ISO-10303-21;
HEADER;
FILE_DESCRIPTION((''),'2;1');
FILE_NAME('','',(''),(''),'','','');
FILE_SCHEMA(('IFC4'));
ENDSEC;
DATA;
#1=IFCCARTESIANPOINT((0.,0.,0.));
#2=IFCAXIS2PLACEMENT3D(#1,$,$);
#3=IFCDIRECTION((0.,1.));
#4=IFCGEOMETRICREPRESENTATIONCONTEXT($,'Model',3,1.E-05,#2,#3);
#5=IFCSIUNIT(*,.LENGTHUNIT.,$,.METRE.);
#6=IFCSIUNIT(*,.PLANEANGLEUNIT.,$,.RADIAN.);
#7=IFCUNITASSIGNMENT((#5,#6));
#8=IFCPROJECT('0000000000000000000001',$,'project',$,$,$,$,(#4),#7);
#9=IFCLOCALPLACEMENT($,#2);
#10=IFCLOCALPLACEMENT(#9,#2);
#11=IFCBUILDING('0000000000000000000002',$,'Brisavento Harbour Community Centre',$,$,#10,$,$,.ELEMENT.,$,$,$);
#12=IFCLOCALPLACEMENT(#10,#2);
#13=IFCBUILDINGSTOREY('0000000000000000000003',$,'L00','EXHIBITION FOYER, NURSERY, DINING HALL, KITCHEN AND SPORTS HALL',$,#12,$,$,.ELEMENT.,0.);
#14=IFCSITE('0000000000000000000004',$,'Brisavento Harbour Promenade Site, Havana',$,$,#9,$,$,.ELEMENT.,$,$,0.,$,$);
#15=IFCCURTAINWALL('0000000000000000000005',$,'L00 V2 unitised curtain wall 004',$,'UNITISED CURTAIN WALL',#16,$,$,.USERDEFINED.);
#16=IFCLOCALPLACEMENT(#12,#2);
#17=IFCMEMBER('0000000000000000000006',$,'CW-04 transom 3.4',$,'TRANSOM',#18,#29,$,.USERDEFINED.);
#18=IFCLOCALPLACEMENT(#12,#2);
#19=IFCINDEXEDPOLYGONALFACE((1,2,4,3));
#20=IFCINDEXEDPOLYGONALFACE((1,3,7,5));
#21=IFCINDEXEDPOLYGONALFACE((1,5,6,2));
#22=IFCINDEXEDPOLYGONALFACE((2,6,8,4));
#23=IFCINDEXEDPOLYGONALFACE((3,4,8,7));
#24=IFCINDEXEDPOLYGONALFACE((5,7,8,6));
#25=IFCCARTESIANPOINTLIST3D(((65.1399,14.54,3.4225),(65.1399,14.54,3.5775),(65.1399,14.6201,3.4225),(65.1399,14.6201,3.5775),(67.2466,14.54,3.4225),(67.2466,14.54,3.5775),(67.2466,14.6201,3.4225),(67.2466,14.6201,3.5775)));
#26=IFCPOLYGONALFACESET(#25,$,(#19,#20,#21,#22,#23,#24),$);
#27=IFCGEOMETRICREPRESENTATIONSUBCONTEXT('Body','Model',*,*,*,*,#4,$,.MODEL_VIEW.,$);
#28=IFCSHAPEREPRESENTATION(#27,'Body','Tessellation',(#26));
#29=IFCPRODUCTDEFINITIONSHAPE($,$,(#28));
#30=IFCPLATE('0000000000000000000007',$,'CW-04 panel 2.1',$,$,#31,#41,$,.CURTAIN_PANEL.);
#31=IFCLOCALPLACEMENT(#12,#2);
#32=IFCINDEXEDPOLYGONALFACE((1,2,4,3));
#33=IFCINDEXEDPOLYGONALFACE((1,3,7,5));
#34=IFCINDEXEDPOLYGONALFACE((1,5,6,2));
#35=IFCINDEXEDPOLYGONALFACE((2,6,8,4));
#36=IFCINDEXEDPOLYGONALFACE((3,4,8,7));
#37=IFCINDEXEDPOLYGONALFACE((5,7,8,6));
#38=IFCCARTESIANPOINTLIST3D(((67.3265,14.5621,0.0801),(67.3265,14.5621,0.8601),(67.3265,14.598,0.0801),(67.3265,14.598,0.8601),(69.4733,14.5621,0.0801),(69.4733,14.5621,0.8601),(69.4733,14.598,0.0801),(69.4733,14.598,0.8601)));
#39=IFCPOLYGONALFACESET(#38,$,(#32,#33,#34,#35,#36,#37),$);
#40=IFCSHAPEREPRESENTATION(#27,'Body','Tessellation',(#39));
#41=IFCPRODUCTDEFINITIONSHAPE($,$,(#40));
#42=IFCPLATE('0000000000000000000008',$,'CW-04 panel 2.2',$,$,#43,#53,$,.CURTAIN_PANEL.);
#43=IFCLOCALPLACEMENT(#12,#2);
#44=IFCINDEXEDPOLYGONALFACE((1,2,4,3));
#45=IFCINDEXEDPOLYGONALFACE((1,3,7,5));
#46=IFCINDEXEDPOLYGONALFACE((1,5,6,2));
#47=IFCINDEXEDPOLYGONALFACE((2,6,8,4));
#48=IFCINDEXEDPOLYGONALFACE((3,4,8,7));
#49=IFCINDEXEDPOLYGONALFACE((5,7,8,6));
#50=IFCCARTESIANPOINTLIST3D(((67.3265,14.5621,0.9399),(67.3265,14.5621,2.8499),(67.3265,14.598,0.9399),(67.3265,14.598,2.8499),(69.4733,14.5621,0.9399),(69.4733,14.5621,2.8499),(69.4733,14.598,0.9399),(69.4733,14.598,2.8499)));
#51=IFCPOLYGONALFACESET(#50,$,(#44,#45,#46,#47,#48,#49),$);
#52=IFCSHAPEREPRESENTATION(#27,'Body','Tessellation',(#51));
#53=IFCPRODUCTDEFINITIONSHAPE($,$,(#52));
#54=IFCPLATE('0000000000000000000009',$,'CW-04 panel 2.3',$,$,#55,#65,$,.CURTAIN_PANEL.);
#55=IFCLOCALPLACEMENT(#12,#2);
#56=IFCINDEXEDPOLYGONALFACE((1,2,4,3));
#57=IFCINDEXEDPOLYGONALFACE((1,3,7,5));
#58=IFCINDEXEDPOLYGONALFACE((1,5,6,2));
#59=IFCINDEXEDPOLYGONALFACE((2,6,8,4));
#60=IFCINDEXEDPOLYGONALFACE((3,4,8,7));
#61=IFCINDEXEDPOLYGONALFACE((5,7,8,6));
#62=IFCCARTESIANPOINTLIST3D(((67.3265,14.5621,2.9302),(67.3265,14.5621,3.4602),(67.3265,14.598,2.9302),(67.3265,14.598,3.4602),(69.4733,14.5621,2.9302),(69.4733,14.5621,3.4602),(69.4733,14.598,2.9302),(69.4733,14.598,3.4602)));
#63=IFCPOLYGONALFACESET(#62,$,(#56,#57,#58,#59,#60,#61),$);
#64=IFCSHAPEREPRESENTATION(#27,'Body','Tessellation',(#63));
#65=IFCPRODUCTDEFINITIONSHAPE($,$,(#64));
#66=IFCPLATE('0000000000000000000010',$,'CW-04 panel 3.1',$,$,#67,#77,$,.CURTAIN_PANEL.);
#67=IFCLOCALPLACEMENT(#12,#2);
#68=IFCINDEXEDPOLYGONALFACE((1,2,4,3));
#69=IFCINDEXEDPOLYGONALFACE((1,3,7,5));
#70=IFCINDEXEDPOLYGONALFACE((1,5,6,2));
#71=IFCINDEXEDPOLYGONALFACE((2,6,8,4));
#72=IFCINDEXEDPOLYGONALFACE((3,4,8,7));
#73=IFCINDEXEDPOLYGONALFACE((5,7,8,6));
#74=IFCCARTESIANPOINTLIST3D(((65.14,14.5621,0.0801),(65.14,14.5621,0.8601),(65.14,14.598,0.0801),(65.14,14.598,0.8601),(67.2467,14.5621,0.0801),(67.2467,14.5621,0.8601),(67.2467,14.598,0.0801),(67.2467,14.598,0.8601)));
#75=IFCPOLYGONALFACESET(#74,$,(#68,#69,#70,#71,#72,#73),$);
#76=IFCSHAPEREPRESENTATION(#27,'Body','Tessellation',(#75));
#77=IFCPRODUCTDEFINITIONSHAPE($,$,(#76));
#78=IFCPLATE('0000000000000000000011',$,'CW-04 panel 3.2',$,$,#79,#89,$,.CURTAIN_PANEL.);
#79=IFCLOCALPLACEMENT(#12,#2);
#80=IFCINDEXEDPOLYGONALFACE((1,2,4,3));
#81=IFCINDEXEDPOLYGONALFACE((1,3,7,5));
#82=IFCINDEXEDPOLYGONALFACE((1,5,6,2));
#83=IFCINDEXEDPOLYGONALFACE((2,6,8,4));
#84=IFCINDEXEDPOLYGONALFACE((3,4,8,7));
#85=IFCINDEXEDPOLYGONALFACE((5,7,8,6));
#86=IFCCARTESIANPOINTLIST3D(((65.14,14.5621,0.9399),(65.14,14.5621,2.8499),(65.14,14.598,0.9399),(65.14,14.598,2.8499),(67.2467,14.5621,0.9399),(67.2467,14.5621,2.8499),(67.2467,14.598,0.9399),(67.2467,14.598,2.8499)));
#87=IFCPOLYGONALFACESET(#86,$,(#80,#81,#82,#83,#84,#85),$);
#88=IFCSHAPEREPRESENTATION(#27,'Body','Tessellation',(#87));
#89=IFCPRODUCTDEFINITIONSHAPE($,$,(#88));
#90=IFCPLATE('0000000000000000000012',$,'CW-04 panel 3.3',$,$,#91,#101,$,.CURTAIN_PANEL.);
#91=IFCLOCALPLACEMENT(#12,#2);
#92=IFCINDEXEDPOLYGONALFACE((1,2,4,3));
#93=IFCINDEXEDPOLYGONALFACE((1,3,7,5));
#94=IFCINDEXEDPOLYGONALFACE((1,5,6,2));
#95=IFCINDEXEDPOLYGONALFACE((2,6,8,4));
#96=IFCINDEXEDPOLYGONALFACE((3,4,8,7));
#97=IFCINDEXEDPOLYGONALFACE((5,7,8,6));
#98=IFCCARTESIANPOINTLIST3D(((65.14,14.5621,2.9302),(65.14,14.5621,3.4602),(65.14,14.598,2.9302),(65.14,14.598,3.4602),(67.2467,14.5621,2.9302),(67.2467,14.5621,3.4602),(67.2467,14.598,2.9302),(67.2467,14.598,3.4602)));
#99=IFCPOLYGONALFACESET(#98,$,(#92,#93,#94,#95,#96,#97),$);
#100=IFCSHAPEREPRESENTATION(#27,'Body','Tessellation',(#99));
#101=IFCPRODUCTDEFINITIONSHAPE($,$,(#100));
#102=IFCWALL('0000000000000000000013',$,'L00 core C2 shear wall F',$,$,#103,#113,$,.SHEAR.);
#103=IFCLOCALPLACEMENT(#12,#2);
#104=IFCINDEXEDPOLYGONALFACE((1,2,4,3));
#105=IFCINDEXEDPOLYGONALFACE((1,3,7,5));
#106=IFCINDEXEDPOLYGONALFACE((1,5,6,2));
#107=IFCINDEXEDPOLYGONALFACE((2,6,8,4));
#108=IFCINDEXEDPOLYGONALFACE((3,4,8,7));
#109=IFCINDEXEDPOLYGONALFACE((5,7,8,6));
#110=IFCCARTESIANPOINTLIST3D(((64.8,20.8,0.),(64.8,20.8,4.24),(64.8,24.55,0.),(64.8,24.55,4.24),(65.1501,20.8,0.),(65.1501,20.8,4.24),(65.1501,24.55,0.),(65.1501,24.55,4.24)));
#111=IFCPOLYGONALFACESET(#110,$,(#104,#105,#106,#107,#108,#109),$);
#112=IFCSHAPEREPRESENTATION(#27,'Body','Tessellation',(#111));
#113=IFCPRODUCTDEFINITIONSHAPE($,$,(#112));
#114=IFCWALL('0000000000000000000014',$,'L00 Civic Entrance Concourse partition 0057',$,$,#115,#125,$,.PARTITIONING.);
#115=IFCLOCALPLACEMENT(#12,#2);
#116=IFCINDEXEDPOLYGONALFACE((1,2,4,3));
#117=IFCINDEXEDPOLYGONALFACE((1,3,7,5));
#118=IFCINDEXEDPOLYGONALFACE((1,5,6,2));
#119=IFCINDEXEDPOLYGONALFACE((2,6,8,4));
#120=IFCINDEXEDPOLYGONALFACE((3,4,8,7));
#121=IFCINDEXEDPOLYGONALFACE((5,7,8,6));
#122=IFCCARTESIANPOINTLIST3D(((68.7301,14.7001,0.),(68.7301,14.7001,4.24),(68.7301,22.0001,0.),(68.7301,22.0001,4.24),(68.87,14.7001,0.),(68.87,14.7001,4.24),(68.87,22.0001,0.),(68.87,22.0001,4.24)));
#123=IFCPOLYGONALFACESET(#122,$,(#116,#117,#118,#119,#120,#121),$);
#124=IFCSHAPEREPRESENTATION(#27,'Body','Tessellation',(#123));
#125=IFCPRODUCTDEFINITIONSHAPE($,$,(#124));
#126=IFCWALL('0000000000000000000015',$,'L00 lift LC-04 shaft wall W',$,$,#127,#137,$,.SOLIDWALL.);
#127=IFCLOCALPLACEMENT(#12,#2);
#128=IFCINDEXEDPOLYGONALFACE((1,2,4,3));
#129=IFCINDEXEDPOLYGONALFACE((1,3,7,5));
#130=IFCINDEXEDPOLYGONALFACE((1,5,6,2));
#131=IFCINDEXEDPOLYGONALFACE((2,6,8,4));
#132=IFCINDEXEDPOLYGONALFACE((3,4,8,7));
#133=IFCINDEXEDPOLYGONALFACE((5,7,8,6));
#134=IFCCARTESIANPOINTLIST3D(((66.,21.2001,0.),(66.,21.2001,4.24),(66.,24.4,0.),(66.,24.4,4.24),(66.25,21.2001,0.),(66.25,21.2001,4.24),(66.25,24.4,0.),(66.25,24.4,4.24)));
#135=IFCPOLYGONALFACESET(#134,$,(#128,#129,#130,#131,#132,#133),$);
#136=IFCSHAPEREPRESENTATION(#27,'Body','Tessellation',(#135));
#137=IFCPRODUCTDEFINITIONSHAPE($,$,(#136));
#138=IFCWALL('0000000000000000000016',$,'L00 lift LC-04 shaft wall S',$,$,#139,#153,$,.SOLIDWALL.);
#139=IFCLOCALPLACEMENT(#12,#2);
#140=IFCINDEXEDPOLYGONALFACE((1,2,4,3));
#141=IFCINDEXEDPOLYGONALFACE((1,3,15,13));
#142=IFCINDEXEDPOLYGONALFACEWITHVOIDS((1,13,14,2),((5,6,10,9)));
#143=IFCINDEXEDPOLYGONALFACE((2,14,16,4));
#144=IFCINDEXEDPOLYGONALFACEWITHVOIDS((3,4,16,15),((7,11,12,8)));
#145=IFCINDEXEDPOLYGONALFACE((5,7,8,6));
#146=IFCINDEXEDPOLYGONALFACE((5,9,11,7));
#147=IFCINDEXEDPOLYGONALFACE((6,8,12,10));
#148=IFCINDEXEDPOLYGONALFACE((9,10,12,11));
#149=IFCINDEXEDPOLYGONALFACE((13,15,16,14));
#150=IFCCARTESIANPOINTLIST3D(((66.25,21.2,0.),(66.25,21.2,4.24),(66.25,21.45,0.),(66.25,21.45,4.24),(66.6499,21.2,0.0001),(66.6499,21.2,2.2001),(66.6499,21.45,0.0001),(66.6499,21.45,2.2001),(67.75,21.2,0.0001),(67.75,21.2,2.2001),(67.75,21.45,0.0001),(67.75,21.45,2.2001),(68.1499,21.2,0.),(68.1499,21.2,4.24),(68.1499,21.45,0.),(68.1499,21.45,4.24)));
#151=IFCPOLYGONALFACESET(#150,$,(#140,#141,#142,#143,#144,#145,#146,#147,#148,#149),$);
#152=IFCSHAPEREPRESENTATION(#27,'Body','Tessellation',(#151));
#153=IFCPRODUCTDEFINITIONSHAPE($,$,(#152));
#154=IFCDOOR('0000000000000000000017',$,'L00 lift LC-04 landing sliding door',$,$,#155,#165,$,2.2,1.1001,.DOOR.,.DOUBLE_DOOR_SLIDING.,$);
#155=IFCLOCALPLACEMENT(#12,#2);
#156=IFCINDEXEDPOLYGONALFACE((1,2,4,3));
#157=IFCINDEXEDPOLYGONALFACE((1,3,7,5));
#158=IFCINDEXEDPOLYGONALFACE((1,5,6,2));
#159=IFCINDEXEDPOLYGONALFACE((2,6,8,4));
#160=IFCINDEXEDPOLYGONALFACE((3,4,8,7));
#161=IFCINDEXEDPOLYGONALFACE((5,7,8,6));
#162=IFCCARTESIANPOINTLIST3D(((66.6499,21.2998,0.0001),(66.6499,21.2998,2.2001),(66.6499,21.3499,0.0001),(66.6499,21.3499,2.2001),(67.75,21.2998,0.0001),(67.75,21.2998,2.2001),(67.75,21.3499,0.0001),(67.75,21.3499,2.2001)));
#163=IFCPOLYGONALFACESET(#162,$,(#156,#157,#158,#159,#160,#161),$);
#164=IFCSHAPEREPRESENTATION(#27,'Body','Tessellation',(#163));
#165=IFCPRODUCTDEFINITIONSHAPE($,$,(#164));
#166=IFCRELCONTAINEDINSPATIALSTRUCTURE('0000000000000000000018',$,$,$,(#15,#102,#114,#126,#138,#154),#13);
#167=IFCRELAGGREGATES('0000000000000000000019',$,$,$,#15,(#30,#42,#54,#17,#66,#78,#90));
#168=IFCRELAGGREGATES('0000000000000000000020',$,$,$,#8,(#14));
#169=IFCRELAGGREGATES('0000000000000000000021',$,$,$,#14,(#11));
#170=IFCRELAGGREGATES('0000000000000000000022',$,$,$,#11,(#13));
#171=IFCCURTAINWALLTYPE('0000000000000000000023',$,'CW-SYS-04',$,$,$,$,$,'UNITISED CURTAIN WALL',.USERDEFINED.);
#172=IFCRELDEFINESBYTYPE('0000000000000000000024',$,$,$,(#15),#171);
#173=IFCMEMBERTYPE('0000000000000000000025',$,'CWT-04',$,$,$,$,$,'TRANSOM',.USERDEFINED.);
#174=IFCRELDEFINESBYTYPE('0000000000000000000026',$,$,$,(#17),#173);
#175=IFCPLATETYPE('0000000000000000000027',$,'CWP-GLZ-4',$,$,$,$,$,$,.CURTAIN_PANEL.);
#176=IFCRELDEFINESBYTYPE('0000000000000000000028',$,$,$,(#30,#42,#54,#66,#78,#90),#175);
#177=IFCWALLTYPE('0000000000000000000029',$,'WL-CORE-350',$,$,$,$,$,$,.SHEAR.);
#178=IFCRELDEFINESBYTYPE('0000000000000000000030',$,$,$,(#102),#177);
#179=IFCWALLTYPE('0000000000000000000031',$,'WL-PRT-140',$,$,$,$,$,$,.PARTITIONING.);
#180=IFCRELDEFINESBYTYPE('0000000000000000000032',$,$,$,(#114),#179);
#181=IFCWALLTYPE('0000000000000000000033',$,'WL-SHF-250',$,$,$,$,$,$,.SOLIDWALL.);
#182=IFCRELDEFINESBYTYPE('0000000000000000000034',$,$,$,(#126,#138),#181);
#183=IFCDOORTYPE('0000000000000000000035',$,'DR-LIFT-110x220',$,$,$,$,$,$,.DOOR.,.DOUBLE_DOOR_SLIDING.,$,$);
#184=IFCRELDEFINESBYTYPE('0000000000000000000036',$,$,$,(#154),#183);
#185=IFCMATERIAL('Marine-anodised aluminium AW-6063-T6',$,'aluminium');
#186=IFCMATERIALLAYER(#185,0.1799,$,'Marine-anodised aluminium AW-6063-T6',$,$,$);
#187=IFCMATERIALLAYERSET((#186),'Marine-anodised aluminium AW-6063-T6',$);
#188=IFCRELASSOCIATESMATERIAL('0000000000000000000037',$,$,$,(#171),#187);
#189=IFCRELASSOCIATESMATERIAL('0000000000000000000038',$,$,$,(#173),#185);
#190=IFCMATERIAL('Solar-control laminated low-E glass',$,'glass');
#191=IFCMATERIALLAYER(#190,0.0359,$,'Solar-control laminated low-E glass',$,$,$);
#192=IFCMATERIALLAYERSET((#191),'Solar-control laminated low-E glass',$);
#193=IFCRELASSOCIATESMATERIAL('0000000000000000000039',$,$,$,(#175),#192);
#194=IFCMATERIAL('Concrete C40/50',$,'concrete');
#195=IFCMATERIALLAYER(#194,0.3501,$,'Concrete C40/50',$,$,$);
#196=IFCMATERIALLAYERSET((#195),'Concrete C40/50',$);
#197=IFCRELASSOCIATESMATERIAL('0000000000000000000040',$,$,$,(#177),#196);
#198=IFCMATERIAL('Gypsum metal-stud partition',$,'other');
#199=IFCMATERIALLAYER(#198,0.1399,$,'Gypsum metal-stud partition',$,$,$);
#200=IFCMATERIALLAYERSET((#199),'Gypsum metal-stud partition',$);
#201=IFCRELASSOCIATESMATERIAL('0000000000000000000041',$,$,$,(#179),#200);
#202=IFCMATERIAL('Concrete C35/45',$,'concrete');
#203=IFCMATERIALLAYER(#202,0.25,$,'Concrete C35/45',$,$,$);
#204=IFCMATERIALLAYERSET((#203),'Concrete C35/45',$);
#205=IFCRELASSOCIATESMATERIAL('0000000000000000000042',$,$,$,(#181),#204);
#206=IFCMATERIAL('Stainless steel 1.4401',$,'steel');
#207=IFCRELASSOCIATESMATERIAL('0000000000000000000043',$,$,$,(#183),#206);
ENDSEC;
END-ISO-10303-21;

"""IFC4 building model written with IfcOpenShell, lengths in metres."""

from ifc_helpers import new_model, si_unit, direction, frame, frame_2d, origin, origin_2d, place, context, subcontext, project, spatial, rectangle, extrude, material, layer, layer_set, material_profile, profile_set, type_object, element, fill, aggregate, save


model = new_model("IFC4")

# Units and contexts
model_context = context("Model", 3, precision=1e-05, world=origin(), true_north=direction((0.0, 1.0)))
body_context = subcontext(model_context, "Body", "Model", "MODEL_VIEW")
ifc_project = project(units=[si_unit("LENGTHUNIT", "METRE"), si_unit("PLANEANGLEUNIT", "RADIAN")], contexts=[model_context])

# Site, building, storey
site_placement = place(None, origin())
site = spatial("IfcSite", under=ifc_project, at=site_placement, Name="Brisavento Harbour Promenade Site, Havana", CompositionType="ELEMENT", RefElevation=0.0)
building_placement = place(site_placement, origin())
building = spatial("IfcBuilding", under=site, at=building_placement, Name="Brisavento Harbour Community Centre", CompositionType="ELEMENT")
storey_placement = place(building_placement, origin())
storey = spatial("IfcBuildingStorey", under=building, at=storey_placement, Name="L00", Description="EXHIBITION FOYER, NURSERY, DINING HALL, KITCHEN AND SPORTS HALL", CompositionType="ELEMENT", Elevation=0.0)

# Shared definitions
ifc_material_1 = material(Name="Marine-anodised aluminium AW-6063-T6", Category="aluminium")

# Curtain wall
ifc_layer_1 = layer(ifc_material_1, 0.1799, Name="Marine-anodised aluminium AW-6063-T6")
ifc_layer_set_1 = layer_set([ifc_layer_1], Name="Marine-anodised aluminium AW-6063-T6")
curtain_wall_type_1 = type_object("IfcCurtainWallType", Name="CW-SYS-04", ElementType="UNITISED CURTAIN WALL", PredefinedType="USERDEFINED", material=ifc_layer_set_1)
curtain_wall_1_placement = place(storey_placement, origin())
curtain_wall_1 = element("IfcCurtainWall", 1, at=curtain_wall_1_placement, inside=storey, type_object=curtain_wall_type_1, Name="L00 V2 unitised curtain wall 004", ObjectType="UNITISED CURTAIN WALL", PredefinedType="USERDEFINED")

# Member
ifc_material_profile_1 = material_profile(ifc_material_1, rectangle(XDim=0.0801, YDim=0.155, at=origin_2d()), Name="Marine-anodised aluminium AW-6063-T6")
ifc_profile_set_1 = profile_set([ifc_material_profile_1], Name="Marine-anodised aluminium AW-6063-T6")
member_type_1 = type_object("IfcMemberType", Name="CWT-04", ElementType="TRANSOM", PredefinedType="USERDEFINED", material=ifc_profile_set_1)
member_1_placement = place(storey_placement, frame((67.2466, 14.5801, 3.5), z_axis=(-1.0, 0.0, 0.0), x_axis=(0.0, -1.0, 0.0)))
member_1 = element("IfcMember", 2, at=member_1_placement, type_object=member_type_1, Name="CW-04 transom 3.4", ObjectType="TRANSOM", PredefinedType="USERDEFINED", context=body_context, shape_type="SweptSolid", body=[
    extrude(rectangle(XDim=0.0801, YDim=0.155, at=origin_2d()), origin(), (0.0, 0.0, 1.0), 2.1067),
])

# Plates
ifc_material_2 = material(Name="Solar-control laminated low-E glass", Category="glass")
ifc_layer_2 = layer(ifc_material_2, 0.0359, Name="Solar-control laminated low-E glass")
ifc_layer_set_2 = layer_set([ifc_layer_2], Name="Solar-control laminated low-E glass")
plate_type = type_object("IfcPlateType", Name="CWP-GLZ-4", PredefinedType="CURTAIN_PANEL", material=ifc_layer_set_2)
plate_1_placement = place(storey_placement, frame((68.3999, 14.5801, 0.0801), z_axis=(0.0, 0.0, 1.0), x_axis=(-1.0, 0.0, 0.0)))
plate_1 = element("IfcPlate", 3, at=plate_1_placement, type_object=plate_type, Name="CW-04 panel 2.1", PredefinedType="CURTAIN_PANEL", context=body_context, shape_type="SweptSolid", body=[
    extrude(rectangle(XDim=2.1467, YDim=0.0359, at=origin_2d()), origin(), (0.0, 0.0, 1.0), 0.78),
])
plate_2_placement = place(storey_placement, frame((68.3999, 14.5801, 0.9399), z_axis=(0.0, 0.0, 1.0), x_axis=(-1.0, 0.0, 0.0)))
plate_2 = element("IfcPlate", 4, at=plate_2_placement, type_object=plate_type, Name="CW-04 panel 2.2", PredefinedType="CURTAIN_PANEL", context=body_context, shape_type="SweptSolid", body=[
    extrude(rectangle(XDim=2.1467, YDim=0.0359, at=origin_2d()), origin(), (0.0, 0.0, 1.0), 1.9099),
])
plate_3_placement = place(storey_placement, frame((68.3999, 14.5801, 2.9302), z_axis=(0.0, 0.0, 1.0), x_axis=(-1.0, 0.0, 0.0)))
plate_3 = element("IfcPlate", 5, at=plate_3_placement, type_object=plate_type, Name="CW-04 panel 2.3", PredefinedType="CURTAIN_PANEL", context=body_context, shape_type="SweptSolid", body=[
    extrude(rectangle(XDim=2.1467, YDim=0.0359, at=origin_2d()), origin(), (0.0, 0.0, 1.0), 0.53),
])
plate_4_placement = place(storey_placement, frame((66.1934, 14.5801, 0.0801), z_axis=(0.0, 0.0, 1.0), x_axis=(-1.0, 0.0, 0.0)))
plate_4 = element("IfcPlate", 6, at=plate_4_placement, type_object=plate_type, Name="CW-04 panel 3.1", PredefinedType="CURTAIN_PANEL", context=body_context, shape_type="SweptSolid", body=[
    extrude(rectangle(XDim=2.1067, YDim=0.0359, at=origin_2d()), origin(), (0.0, 0.0, 1.0), 0.78),
])
plate_5_placement = place(storey_placement, frame((66.1934, 14.5801, 0.9399), z_axis=(0.0, 0.0, 1.0), x_axis=(-1.0, 0.0, 0.0)))
plate_5 = element("IfcPlate", 7, at=plate_5_placement, type_object=plate_type, Name="CW-04 panel 3.2", PredefinedType="CURTAIN_PANEL", context=body_context, shape_type="SweptSolid", body=[
    extrude(rectangle(XDim=2.1067, YDim=0.0359, at=origin_2d()), origin(), (0.0, 0.0, 1.0), 1.9099),
])
plate_6_placement = place(storey_placement, frame((66.1934, 14.5801, 2.9302), z_axis=(0.0, 0.0, 1.0), x_axis=(-1.0, 0.0, 0.0)))
plate_6 = element("IfcPlate", 8, at=plate_6_placement, type_object=plate_type, Name="CW-04 panel 3.3", PredefinedType="CURTAIN_PANEL", context=body_context, shape_type="SweptSolid", body=[
    extrude(rectangle(XDim=2.1067, YDim=0.0359, at=origin_2d()), origin(), (0.0, 0.0, 1.0), 0.53),
])
aggregate(curtain_wall_1, [plate_1, plate_2, plate_3, member_1, plate_4, plate_5, plate_6])

# Walls
ifc_material_3 = material(Name="Concrete C40/50", Category="concrete")
ifc_layer_3 = layer(ifc_material_3, 0.3501, Name="Concrete C40/50")
ifc_layer_set_3 = layer_set([ifc_layer_3], Name="Concrete C40/50")
wall_type_1 = type_object("IfcWallType", Name="WL-CORE-350", PredefinedType="SHEAR", material=ifc_layer_set_3)
wall_1_placement = place(storey_placement, frame((64.9751, 20.8, 0.0), z_axis=(0.0, 0.0, 1.0), x_axis=(0.0, 1.0, 0.0)))
element("IfcWall", 9, at=wall_1_placement, inside=storey, type_object=wall_type_1, Name="L00 core C2 shear wall F", PredefinedType="SHEAR", context=body_context, shape_type="SweptSolid", body=[
    extrude(rectangle(XDim=3.75, YDim=0.3501, at=frame_2d((1.875, 0.0))), origin(), (0.0, 0.0, 1.0), 4.24),
])
ifc_material_4 = material(Name="Gypsum metal-stud partition", Category="other")
ifc_layer_4 = layer(ifc_material_4, 0.1399, Name="Gypsum metal-stud partition")
ifc_layer_set_4 = layer_set([ifc_layer_4], Name="Gypsum metal-stud partition")
wall_type_2 = type_object("IfcWallType", Name="WL-PRT-140", PredefinedType="PARTITIONING", material=ifc_layer_set_4)
wall_2_placement = place(storey_placement, frame((68.8, 22.0, 0.0), z_axis=(0.0, 0.0, 1.0), x_axis=(0.0, -1.0, 0.0)))
element("IfcWall", 10, at=wall_2_placement, inside=storey, type_object=wall_type_2, Name="L00 Civic Entrance Concourse partition 0057", PredefinedType="PARTITIONING", context=body_context, shape_type="SweptSolid", body=[
    extrude(rectangle(XDim=7.3, YDim=0.1399, at=frame_2d((3.6499, 0.0))), origin(), (0.0, 0.0, 1.0), 4.24),
])
ifc_material_5 = material(Name="Concrete C35/45", Category="concrete")
ifc_layer_5 = layer(ifc_material_5, 0.25, Name="Concrete C35/45")
ifc_layer_set_5 = layer_set([ifc_layer_5], Name="Concrete C35/45")
wall_type_3 = type_object("IfcWallType", Name="WL-SHF-250", PredefinedType="SOLIDWALL", material=ifc_layer_set_5)
wall_3_placement = place(storey_placement, frame((66.125, 21.2, 0.0), z_axis=(0.0, 0.0, 1.0), x_axis=(0.0, 1.0, 0.0)))
element("IfcWall", 11, at=wall_3_placement, inside=storey, type_object=wall_type_3, Name="L00 lift LC-04 shaft wall W", PredefinedType="SOLIDWALL", context=body_context, shape_type="SweptSolid", body=[
    extrude(rectangle(XDim=3.2, YDim=0.25, at=frame_2d((1.6001, 0.0))), origin(), (0.0, 0.0, 1.0), 4.24),
])

# Wall, opening, door
wall_4_placement = place(storey_placement, frame((66.25, 21.325, 0.0), z_axis=(0.0, 0.0, 1.0), x_axis=(1.0, 0.0, 0.0)))
wall_4 = element("IfcWall", 12, at=wall_4_placement, inside=storey, type_object=wall_type_3, Name="L00 lift LC-04 shaft wall S", PredefinedType="SOLIDWALL", context=body_context, shape_type="SweptSolid", body=[
    extrude(rectangle(XDim=1.8999, YDim=0.25, at=frame_2d((0.95, 0.0))), origin(), (0.0, 0.0, 1.0), 4.24),
])
opening_placement = place(wall_4_placement, frame((0.3999, 0.0, 0.0)))
opening = element("IfcOpeningElement", 13, at=opening_placement, cuts=wall_4, PredefinedType="OPENING", context=body_context, shape_type="SweptSolid", body=[
    extrude(rectangle(XDim=1.1001, YDim=2.2, at=frame_2d((0.55, 1.1001))), frame((0.0, 0.135, 0.0), z_axis=(0.0, -1.0, 0.0), x_axis=(1.0, 0.0, 0.0)), (0.0, 0.0, 1.0), 0.27),
])
ifc_material_6 = material(Name="Stainless steel 1.4401", Category="steel")
door_type = type_object("IfcDoorType", Name="DR-LIFT-110x220", OperationType="DOUBLE_DOOR_SLIDING", PredefinedType="DOOR", material=ifc_material_6)
door_placement = place(opening_placement, origin())
door = element("IfcDoor", 14, at=door_placement, inside=storey, type_object=door_type, Name="L00 lift LC-04 landing sliding door", OperationType="DOUBLE_DOOR_SLIDING", OverallHeight=2.2, OverallWidth=1.1001, PredefinedType="DOOR", context=body_context, shape_type="SweptSolid", body=[
    extrude(rectangle(XDim=1.1001, YDim=2.2, at=frame_2d((0.55, 1.1001))), frame((0.0, 0.0249, 0.0), z_axis=(0.0, -1.0, 0.0), x_axis=(1.0, 0.0, 0.0)), (0.0, 0.0, 1.0), 0.05),
])
fill(opening, door)

save(model, "model.ifc")
